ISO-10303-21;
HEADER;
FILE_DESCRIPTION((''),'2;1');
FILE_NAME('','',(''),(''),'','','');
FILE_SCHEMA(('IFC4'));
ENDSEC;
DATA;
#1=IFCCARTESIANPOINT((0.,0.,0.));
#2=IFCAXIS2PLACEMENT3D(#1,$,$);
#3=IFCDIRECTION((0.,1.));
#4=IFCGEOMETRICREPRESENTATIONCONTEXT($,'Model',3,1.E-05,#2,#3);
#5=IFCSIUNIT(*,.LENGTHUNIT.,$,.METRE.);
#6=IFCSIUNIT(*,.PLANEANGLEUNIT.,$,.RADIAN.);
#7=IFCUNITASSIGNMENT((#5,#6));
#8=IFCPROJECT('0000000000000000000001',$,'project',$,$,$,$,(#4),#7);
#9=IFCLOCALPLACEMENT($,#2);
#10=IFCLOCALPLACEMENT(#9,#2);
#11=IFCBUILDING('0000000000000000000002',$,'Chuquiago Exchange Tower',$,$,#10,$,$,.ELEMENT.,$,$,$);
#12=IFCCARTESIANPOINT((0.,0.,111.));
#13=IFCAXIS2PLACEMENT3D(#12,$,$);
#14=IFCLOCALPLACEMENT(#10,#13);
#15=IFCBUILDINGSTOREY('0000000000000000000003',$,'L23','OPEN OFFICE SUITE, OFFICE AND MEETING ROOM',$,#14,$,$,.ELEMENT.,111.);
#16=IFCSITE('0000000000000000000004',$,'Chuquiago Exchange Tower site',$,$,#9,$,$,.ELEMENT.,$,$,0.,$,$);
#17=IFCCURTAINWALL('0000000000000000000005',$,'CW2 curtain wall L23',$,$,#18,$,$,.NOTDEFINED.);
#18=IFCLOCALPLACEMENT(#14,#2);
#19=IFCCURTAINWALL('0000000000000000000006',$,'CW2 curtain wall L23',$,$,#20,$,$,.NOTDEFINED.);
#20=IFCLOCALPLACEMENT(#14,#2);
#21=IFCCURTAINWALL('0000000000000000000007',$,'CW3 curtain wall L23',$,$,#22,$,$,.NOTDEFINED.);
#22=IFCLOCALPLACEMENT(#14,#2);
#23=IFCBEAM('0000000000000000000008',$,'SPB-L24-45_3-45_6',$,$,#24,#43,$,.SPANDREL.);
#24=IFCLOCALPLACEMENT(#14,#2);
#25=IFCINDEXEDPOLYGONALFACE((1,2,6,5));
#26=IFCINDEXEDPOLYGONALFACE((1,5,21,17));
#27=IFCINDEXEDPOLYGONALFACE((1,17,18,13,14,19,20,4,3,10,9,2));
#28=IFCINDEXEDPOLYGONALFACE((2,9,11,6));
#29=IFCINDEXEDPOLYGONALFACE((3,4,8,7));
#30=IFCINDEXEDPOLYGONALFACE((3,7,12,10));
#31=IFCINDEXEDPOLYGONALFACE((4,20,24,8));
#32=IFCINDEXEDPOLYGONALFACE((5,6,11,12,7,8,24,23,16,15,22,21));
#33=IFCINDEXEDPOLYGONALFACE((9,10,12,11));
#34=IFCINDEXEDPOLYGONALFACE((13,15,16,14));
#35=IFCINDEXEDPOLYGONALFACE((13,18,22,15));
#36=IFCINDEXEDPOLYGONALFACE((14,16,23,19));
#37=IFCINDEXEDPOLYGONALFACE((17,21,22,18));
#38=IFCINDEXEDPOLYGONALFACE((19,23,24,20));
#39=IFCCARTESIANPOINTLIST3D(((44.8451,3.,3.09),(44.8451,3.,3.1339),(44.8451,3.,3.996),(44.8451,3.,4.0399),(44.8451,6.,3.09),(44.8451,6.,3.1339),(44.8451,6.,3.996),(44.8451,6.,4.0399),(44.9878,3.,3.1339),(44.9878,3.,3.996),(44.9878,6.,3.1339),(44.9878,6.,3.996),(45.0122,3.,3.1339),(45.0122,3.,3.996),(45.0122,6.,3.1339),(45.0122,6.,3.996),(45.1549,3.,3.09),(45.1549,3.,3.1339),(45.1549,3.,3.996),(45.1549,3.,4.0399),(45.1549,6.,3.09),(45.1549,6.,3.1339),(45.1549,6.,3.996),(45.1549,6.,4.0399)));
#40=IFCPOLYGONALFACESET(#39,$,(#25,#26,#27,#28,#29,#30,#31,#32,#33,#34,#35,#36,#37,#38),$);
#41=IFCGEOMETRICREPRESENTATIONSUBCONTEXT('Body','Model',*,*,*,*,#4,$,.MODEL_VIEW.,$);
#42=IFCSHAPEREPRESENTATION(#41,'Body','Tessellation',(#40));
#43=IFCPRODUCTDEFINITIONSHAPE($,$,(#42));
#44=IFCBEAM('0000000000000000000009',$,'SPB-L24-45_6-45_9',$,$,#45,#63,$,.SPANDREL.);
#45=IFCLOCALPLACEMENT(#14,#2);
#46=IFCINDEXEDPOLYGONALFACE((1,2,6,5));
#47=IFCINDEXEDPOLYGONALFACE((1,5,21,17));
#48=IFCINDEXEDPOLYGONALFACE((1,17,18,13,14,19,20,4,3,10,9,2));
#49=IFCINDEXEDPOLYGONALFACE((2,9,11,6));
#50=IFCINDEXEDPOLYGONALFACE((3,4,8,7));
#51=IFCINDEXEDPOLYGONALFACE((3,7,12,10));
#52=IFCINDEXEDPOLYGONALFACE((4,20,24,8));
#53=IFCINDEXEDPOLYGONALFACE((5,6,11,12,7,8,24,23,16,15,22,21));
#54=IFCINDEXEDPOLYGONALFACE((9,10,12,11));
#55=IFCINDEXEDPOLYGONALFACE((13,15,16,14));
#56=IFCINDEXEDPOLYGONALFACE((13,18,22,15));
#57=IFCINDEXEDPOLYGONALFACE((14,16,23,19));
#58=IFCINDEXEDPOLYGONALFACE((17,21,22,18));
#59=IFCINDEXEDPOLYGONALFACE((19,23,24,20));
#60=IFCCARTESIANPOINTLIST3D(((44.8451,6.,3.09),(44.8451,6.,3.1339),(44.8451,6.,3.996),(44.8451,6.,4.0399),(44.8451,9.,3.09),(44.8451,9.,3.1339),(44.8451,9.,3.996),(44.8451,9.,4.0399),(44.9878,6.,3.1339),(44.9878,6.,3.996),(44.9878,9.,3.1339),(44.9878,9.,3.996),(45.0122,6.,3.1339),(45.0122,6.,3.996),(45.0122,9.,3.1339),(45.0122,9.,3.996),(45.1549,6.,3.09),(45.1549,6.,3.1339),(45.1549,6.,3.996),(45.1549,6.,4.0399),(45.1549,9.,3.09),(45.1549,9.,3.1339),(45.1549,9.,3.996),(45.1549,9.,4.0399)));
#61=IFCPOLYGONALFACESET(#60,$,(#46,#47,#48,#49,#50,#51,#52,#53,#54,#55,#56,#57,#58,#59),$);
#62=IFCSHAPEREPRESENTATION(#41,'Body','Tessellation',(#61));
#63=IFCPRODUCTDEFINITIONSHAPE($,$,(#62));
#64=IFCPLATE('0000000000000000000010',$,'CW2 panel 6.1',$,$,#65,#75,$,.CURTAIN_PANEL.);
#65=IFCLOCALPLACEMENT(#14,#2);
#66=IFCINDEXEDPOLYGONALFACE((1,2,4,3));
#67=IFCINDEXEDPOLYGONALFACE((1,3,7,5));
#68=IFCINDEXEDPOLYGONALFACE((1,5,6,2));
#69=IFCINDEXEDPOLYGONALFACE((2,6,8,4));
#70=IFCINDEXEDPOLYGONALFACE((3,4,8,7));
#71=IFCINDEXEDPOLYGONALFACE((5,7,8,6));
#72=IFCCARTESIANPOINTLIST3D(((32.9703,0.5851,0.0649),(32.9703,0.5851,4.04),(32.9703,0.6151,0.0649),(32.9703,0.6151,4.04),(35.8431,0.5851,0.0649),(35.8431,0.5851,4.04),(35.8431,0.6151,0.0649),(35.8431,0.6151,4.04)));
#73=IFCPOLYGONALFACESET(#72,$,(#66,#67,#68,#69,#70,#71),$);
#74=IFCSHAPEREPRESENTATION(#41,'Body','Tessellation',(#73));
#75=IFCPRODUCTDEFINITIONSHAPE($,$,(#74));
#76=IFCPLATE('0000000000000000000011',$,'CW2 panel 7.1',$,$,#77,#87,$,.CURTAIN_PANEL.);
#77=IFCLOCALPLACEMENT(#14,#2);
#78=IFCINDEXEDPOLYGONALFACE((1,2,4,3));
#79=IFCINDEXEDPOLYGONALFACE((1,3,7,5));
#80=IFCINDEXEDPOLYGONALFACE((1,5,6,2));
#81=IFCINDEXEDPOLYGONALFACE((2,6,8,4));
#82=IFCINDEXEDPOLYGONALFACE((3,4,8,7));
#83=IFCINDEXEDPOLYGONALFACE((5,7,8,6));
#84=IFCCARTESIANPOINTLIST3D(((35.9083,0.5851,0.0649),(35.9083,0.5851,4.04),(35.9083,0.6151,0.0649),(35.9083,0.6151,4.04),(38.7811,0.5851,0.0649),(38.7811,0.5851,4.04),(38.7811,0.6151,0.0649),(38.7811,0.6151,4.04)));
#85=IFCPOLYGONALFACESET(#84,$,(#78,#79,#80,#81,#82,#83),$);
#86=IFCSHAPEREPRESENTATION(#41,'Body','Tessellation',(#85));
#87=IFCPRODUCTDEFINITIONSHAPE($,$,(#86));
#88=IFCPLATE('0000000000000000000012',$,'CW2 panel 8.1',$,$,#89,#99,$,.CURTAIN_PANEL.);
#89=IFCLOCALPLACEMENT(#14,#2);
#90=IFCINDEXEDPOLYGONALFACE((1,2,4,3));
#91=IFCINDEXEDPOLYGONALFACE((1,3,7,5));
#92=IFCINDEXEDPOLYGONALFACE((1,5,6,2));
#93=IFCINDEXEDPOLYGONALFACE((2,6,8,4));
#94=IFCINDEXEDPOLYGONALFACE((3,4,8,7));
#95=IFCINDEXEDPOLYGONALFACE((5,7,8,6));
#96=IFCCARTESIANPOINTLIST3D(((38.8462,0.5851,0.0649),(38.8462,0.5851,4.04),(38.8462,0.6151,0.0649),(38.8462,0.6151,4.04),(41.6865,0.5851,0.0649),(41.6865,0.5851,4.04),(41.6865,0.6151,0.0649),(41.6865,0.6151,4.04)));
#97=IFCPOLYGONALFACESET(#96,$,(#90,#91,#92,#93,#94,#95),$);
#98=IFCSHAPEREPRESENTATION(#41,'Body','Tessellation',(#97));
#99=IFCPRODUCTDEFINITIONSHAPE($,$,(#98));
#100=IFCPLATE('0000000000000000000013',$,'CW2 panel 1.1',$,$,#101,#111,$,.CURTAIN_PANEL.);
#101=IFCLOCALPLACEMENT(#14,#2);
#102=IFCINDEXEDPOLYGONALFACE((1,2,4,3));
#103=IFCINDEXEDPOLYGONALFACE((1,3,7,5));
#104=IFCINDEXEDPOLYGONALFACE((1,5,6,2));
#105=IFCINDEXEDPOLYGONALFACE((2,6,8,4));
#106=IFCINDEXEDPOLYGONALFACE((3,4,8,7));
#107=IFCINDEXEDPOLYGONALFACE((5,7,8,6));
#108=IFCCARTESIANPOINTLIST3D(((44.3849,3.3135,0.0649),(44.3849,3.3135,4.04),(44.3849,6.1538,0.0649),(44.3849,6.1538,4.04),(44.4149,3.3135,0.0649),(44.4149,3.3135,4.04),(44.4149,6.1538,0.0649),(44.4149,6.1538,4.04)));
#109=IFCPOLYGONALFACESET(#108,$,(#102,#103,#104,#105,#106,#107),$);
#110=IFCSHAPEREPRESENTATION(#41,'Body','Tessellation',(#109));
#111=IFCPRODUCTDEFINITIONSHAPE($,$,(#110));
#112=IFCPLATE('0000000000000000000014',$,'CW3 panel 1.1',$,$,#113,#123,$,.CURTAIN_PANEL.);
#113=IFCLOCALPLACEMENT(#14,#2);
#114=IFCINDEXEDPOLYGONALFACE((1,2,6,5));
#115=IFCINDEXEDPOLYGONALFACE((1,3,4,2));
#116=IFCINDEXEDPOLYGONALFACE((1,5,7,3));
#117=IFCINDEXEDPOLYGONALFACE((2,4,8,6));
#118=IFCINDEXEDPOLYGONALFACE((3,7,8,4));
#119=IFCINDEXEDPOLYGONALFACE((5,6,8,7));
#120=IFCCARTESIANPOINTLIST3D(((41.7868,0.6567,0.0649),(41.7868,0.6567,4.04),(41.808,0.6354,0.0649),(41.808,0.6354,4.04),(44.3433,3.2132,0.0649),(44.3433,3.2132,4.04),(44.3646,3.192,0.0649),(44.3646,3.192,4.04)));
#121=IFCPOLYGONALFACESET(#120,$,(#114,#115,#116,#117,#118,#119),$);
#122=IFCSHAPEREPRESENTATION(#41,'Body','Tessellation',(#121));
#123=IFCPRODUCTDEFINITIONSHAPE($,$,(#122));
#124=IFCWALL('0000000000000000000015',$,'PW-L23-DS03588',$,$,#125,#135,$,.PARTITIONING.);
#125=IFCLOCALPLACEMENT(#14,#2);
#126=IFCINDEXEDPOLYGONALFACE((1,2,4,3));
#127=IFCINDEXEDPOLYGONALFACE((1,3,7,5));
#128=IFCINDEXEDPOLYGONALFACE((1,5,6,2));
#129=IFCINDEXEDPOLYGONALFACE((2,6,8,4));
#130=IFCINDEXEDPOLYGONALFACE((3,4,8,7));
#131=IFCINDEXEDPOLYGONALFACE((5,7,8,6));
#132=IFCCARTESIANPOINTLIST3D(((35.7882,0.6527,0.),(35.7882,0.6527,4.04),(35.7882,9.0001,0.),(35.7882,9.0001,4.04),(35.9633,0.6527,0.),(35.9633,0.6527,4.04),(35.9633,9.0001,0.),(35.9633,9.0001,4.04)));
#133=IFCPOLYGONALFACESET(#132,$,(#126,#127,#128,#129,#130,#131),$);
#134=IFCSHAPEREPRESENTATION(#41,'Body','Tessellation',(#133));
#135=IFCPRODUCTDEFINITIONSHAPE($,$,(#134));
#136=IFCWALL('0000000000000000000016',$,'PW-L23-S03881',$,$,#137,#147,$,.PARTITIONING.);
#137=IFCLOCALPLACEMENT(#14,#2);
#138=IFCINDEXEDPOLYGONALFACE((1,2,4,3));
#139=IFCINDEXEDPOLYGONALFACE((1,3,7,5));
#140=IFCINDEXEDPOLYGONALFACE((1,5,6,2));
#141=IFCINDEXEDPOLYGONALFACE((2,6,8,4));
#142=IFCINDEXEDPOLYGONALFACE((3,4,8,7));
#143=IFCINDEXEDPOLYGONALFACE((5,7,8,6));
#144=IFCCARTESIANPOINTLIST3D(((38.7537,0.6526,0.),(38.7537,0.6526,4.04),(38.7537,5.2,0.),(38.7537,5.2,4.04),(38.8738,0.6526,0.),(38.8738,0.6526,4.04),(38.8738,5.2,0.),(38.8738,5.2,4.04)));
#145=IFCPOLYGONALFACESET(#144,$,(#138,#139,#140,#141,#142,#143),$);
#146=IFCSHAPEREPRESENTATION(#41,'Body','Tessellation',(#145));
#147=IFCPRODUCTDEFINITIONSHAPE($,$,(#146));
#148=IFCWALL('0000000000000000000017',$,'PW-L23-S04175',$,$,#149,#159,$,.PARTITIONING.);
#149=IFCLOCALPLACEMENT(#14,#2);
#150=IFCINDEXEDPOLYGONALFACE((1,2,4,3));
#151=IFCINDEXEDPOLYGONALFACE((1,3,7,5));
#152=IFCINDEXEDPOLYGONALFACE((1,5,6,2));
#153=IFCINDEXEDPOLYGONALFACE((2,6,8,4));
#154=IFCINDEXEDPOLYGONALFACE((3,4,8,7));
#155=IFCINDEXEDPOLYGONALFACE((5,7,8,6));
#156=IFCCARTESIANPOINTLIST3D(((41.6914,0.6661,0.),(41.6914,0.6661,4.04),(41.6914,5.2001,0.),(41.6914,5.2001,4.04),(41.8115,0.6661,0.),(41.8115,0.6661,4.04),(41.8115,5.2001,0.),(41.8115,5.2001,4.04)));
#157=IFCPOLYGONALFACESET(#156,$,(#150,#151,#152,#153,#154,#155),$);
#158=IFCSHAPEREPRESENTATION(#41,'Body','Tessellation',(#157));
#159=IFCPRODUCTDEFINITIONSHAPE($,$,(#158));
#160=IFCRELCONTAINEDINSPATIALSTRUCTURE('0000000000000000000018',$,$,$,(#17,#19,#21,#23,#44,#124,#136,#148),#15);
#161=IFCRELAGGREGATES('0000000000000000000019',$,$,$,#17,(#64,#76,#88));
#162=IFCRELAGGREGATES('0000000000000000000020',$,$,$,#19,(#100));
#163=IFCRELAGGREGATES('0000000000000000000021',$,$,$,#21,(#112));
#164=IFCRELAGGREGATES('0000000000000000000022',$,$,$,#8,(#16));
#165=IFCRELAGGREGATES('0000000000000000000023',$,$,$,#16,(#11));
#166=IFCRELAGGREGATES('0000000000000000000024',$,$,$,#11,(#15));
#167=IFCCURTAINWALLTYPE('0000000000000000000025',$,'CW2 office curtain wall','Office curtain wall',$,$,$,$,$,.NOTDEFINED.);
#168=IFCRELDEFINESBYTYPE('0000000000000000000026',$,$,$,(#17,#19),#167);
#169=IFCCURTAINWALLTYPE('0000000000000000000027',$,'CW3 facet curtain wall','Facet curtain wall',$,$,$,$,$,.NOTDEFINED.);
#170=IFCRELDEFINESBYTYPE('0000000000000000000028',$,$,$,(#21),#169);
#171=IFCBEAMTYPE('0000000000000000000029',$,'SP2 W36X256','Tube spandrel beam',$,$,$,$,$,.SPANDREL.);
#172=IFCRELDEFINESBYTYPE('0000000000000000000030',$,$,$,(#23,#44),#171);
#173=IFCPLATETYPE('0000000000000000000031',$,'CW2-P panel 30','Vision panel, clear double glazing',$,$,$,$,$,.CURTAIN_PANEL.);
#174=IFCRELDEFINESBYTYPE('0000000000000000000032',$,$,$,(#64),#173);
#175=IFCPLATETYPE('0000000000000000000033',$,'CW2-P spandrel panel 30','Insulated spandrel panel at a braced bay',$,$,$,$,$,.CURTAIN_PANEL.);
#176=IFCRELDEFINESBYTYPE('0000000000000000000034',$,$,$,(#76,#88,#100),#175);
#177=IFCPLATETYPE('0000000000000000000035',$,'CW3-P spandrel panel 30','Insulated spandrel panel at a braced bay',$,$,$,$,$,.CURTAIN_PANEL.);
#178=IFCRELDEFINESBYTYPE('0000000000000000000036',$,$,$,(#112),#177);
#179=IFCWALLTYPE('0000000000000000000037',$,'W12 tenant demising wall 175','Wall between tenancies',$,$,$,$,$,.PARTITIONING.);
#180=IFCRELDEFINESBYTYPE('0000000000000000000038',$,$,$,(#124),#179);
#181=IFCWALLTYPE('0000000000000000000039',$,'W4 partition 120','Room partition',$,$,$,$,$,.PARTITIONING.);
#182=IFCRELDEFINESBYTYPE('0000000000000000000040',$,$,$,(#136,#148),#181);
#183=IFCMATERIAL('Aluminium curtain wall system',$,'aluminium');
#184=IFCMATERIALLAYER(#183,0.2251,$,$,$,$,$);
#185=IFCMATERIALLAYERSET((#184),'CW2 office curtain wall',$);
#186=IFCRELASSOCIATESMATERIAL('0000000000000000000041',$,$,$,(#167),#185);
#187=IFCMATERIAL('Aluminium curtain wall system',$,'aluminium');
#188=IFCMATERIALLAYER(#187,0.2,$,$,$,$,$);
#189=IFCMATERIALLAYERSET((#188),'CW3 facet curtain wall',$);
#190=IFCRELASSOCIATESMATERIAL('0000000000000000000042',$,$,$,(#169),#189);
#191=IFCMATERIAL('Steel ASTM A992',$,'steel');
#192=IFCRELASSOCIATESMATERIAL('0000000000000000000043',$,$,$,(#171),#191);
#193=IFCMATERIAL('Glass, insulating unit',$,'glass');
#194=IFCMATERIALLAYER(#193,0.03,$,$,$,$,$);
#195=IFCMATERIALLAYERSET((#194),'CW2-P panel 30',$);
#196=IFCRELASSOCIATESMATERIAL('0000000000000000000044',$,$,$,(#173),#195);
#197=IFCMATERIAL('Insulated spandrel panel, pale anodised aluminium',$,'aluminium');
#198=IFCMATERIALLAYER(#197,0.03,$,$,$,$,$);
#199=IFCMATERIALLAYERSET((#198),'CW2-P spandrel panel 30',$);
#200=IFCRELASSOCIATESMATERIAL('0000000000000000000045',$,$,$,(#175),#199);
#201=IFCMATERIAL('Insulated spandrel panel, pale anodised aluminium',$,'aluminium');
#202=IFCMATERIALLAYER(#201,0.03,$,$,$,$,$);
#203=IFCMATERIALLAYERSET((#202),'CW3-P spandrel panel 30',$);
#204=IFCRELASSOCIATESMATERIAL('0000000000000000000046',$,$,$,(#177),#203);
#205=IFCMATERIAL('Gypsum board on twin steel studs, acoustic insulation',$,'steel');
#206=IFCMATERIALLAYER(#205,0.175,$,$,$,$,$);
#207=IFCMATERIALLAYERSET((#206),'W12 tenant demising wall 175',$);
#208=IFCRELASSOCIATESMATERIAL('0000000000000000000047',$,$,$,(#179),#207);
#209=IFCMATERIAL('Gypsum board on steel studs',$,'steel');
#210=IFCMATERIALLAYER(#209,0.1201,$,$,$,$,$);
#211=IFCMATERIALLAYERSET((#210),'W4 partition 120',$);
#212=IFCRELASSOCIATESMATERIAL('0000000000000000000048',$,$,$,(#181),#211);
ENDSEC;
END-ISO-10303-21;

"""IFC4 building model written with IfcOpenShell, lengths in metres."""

from ifc_helpers import new_model, si_unit, direction, frame, frame_2d, origin, origin_2d, place, context, subcontext, project, spatial, rectangle, i_section, extrude, material, layer, layer_set, material_profile, profile_set, type_object, element, aggregate, save


model = new_model("IFC4")

# Units and contexts
model_context = context("Model", 3, precision=1e-05, world=origin(), true_north=direction((0.0, 1.0)))
body_context = subcontext(model_context, "Body", "Model", "MODEL_VIEW")
ifc_project = project(units=[si_unit("LENGTHUNIT", "METRE"), si_unit("PLANEANGLEUNIT", "RADIAN")], contexts=[model_context])

# Site, building, storey
site_placement = place(None, origin())
site = spatial("IfcSite", under=ifc_project, at=site_placement, Name="Chuquiago Exchange Tower site", CompositionType="ELEMENT", RefElevation=0.0)
building_placement = place(site_placement, origin())
building = spatial("IfcBuilding", under=site, at=building_placement, Name="Chuquiago Exchange Tower", CompositionType="ELEMENT")
storey_placement = place(building_placement, frame((0.0, 0.0, 111.0)))
storey = spatial("IfcBuildingStorey", under=building, at=storey_placement, Name="L23", Description="OPEN OFFICE SUITE, OFFICE AND MEETING ROOM", CompositionType="ELEMENT", Elevation=111.0)

# Curtain walls
ifc_material_1 = material(Name="Aluminium curtain wall system", Category="aluminium")
ifc_layer_1 = layer(ifc_material_1, 0.2251)
ifc_layer_set_1 = layer_set([ifc_layer_1], Name="CW2 office curtain wall")
curtain_wall_type_1 = type_object("IfcCurtainWallType", Name="CW2 office curtain wall", Description="Office curtain wall", PredefinedType="NOTDEFINED", material=ifc_layer_set_1)
curtain_wall_1_placement = place(storey_placement, origin())
curtain_wall_1 = element("IfcCurtainWall", 1, at=curtain_wall_1_placement, inside=storey, type_object=curtain_wall_type_1, Name="CW2 curtain wall L23", PredefinedType="NOTDEFINED")
curtain_wall_2_placement = place(storey_placement, origin())
curtain_wall_2 = element("IfcCurtainWall", 2, at=curtain_wall_2_placement, inside=storey, type_object=curtain_wall_type_1, Name="CW2 curtain wall L23", PredefinedType="NOTDEFINED")

# Curtain wall
ifc_material_2 = material(Name="Aluminium curtain wall system", Category="aluminium")
ifc_layer_2 = layer(ifc_material_2, 0.2)
ifc_layer_set_2 = layer_set([ifc_layer_2], Name="CW3 facet curtain wall")
curtain_wall_type_2 = type_object("IfcCurtainWallType", Name="CW3 facet curtain wall", Description="Facet curtain wall", PredefinedType="NOTDEFINED", material=ifc_layer_set_2)
curtain_wall_3_placement = place(storey_placement, origin())
curtain_wall_3 = element("IfcCurtainWall", 3, at=curtain_wall_3_placement, inside=storey, type_object=curtain_wall_type_2, Name="CW3 curtain wall L23", PredefinedType="NOTDEFINED")

# Beams
ifc_material_3 = material(Name="Steel ASTM A992", Category="steel")
ifc_material_profile_1 = material_profile(ifc_material_3, i_section(OverallWidth=0.3098, OverallDepth=0.95, WebThickness=0.0244, FlangeThickness=0.0439, at=origin_2d()), Name="W36X256")
ifc_profile_set_1 = profile_set([ifc_material_profile_1], Name="Steel ASTM A992")
beam_type = type_object("IfcBeamType", Name="SP2 W36X256", Description="Tube spandrel beam", PredefinedType="SPANDREL", material=ifc_profile_set_1)
for number, where, z_axis, x_axis, name in (
    (4, (45.0, 3.0, 3.5649), (0.0, 1.0, 0.0), (-1.0, 0.0, 0.0), "SPB-L24-45_3-45_6"),
    (5, (45.0, 6.0, 3.5649), (0.0, 1.0, 0.0), (-1.0, 0.0, 0.0), "SPB-L24-45_6-45_9"),
):
    element("IfcBeam", number, at=place(storey_placement, frame(where, z_axis=z_axis, x_axis=x_axis)), inside=storey, type_object=beam_type, Name=name, PredefinedType="SPANDREL", context=body_context, shape_type="SweptSolid", body=[
        extrude(i_section(OverallWidth=0.3098, OverallDepth=0.95, WebThickness=0.0244, FlangeThickness=0.0439, at=origin_2d()), origin(), (0.0, 0.0, 1.0), 3.0),
    ])

# Plates
ifc_material_4 = material(Name="Glass, insulating unit", Category="glass")
ifc_layer_3 = layer(ifc_material_4, 0.03)
ifc_layer_set_3 = layer_set([ifc_layer_3], Name="CW2-P panel 30")
plate_type_1 = type_object("IfcPlateType", Name="CW2-P panel 30", Description="Vision panel, clear double glazing", PredefinedType="CURTAIN_PANEL", material=ifc_layer_set_3)
plate_1_placement = place(storey_placement, frame((34.4067, 0.6001, 0.0649), z_axis=(0.0, 0.0, 1.0), x_axis=(1.0, 0.0, 0.0)))
plate_1 = element("IfcPlate", 6, at=plate_1_placement, type_object=plate_type_1, Name="CW2 panel 6.1", PredefinedType="CURTAIN_PANEL", context=body_context, shape_type="SweptSolid", body=[
    extrude(rectangle(XDim=2.8728, YDim=0.03, at=origin_2d()), origin(), (0.0, 0.0, 1.0), 3.9751),
])
ifc_material_5 = material(Name="Insulated spandrel panel, pale anodised aluminium", Category="aluminium")
ifc_layer_4 = layer(ifc_material_5, 0.03)
ifc_layer_set_4 = layer_set([ifc_layer_4], Name="CW2-P spandrel panel 30")
plate_type_2 = type_object("IfcPlateType", Name="CW2-P spandrel panel 30", Description="Insulated spandrel panel at a braced bay", PredefinedType="CURTAIN_PANEL", material=ifc_layer_set_4)
plate_2_placement = place(storey_placement, frame((37.3447, 0.6001, 0.0649), z_axis=(0.0, 0.0, 1.0), x_axis=(1.0, 0.0, 0.0)))
plate_2 = element("IfcPlate", 7, at=plate_2_placement, type_object=plate_type_2, Name="CW2 panel 7.1", PredefinedType="CURTAIN_PANEL", context=body_context, shape_type="SweptSolid", body=[
    extrude(rectangle(XDim=2.8728, YDim=0.03, at=origin_2d()), origin(), (0.0, 0.0, 1.0), 3.9751),
])
plate_3_placement = place(storey_placement, frame((40.2664, 0.6001, 0.0649), z_axis=(0.0, 0.0, 1.0), x_axis=(1.0, 0.0, 0.0)))
plate_3 = element("IfcPlate", 8, at=plate_3_placement, type_object=plate_type_2, Name="CW2 panel 8.1", PredefinedType="CURTAIN_PANEL", context=body_context, shape_type="SweptSolid", body=[
    extrude(rectangle(XDim=2.8403, YDim=0.03, at=origin_2d()), origin(), (0.0, 0.0, 1.0), 3.9751),
])
aggregate(curtain_wall_1, [plate_1, plate_2, plate_3])
plate_4_placement = place(storey_placement, frame((44.3999, 4.7336, 0.0649), z_axis=(0.0, 0.0, 1.0), x_axis=(0.0, 1.0, 0.0)))
plate_4 = element("IfcPlate", 9, at=plate_4_placement, type_object=plate_type_2, Name="CW2 panel 1.1", PredefinedType="CURTAIN_PANEL", context=body_context, shape_type="SweptSolid", body=[
    extrude(rectangle(XDim=2.8403, YDim=0.03, at=origin_2d()), origin(), (0.0, 0.0, 1.0), 3.9751),
])
aggregate(curtain_wall_2, [plate_4])
ifc_material_6 = material(Name="Insulated spandrel panel, pale anodised aluminium", Category="aluminium")
ifc_layer_5 = layer(ifc_material_6, 0.03)
ifc_layer_set_5 = layer_set([ifc_layer_5], Name="CW3-P spandrel panel 30")
plate_type_3 = type_object("IfcPlateType", Name="CW3-P spandrel panel 30", Description="Insulated spandrel panel at a braced bay", PredefinedType="CURTAIN_PANEL", material=ifc_layer_set_5)
plate_5_placement = place(storey_placement, frame((43.0757, 1.9243, 0.0649), z_axis=(0.0, 0.0, 1.0), x_axis=(0.707107, 0.707107, 0.0)))
plate_5 = element("IfcPlate", 10, at=plate_5_placement, type_object=plate_type_3, Name="CW3 panel 1.1", PredefinedType="CURTAIN_PANEL", context=body_context, shape_type="SweptSolid", body=[
    extrude(rectangle(XDim=3.6155, YDim=0.03, at=origin_2d()), origin(), (0.0, 0.0, 1.0), 3.9751),
])
aggregate(curtain_wall_3, [plate_5])

# Walls
ifc_material_7 = material(Name="Gypsum board on twin steel studs, acoustic insulation", Category="steel")
ifc_layer_6 = layer(ifc_material_7, 0.175)
ifc_layer_set_6 = layer_set([ifc_layer_6], Name="W12 tenant demising wall 175")
wall_type_1 = type_object("IfcWallType", Name="W12 tenant demising wall 175", Description="Wall between tenancies", PredefinedType="PARTITIONING", material=ifc_layer_set_6)
wall_1_placement = place(storey_placement, frame((35.8757, 0.6526, 0.0), z_axis=(0.0, 0.0, 1.0), x_axis=(0.0, 1.0, 0.0)))
element("IfcWall", 11, at=wall_1_placement, inside=storey, type_object=wall_type_1, Name="PW-L23-DS03588", PredefinedType="PARTITIONING", context=body_context, shape_type="SweptSolid", body=[
    extrude(rectangle(XDim=8.3474, YDim=0.175, at=frame_2d((4.1738, 0.0))), origin(), (0.0, 0.0, 1.0), 4.04),
])
ifc_material_8 = material(Name="Gypsum board on steel studs", Category="steel")
ifc_layer_7 = layer(ifc_material_8, 0.1201)
ifc_layer_set_7 = layer_set([ifc_layer_7], Name="W4 partition 120")
wall_type_2 = type_object("IfcWallType", Name="W4 partition 120", Description="Room partition", PredefinedType="PARTITIONING", material=ifc_layer_set_7)
wall_2_placement = place(storey_placement, frame((38.8137, 0.6526, 0.0), z_axis=(0.0, 0.0, 1.0), x_axis=(0.0, 1.0, 0.0)))
element("IfcWall", 12, at=wall_2_placement, inside=storey, type_object=wall_type_2, Name="PW-L23-S03881", PredefinedType="PARTITIONING", context=body_context, shape_type="SweptSolid", body=[
    extrude(rectangle(XDim=4.5474, YDim=0.1201, at=frame_2d((2.2737, 0.0))), origin(), (0.0, 0.0, 1.0), 4.04),
])
wall_3_placement = place(storey_placement, frame((41.7515, 0.666, 0.0), z_axis=(0.0, 0.0, 1.0), x_axis=(0.0, 1.0, 0.0)))
element("IfcWall", 13, at=wall_3_placement, inside=storey, type_object=wall_type_2, Name="PW-L23-S04175", PredefinedType="PARTITIONING", context=body_context, shape_type="SweptSolid", body=[
    extrude(rectangle(XDim=4.5339, YDim=0.1201, at=frame_2d((2.2671, 0.0))), origin(), (0.0, 0.0, 1.0), 4.04),
])

save(model, "model.ifc")
